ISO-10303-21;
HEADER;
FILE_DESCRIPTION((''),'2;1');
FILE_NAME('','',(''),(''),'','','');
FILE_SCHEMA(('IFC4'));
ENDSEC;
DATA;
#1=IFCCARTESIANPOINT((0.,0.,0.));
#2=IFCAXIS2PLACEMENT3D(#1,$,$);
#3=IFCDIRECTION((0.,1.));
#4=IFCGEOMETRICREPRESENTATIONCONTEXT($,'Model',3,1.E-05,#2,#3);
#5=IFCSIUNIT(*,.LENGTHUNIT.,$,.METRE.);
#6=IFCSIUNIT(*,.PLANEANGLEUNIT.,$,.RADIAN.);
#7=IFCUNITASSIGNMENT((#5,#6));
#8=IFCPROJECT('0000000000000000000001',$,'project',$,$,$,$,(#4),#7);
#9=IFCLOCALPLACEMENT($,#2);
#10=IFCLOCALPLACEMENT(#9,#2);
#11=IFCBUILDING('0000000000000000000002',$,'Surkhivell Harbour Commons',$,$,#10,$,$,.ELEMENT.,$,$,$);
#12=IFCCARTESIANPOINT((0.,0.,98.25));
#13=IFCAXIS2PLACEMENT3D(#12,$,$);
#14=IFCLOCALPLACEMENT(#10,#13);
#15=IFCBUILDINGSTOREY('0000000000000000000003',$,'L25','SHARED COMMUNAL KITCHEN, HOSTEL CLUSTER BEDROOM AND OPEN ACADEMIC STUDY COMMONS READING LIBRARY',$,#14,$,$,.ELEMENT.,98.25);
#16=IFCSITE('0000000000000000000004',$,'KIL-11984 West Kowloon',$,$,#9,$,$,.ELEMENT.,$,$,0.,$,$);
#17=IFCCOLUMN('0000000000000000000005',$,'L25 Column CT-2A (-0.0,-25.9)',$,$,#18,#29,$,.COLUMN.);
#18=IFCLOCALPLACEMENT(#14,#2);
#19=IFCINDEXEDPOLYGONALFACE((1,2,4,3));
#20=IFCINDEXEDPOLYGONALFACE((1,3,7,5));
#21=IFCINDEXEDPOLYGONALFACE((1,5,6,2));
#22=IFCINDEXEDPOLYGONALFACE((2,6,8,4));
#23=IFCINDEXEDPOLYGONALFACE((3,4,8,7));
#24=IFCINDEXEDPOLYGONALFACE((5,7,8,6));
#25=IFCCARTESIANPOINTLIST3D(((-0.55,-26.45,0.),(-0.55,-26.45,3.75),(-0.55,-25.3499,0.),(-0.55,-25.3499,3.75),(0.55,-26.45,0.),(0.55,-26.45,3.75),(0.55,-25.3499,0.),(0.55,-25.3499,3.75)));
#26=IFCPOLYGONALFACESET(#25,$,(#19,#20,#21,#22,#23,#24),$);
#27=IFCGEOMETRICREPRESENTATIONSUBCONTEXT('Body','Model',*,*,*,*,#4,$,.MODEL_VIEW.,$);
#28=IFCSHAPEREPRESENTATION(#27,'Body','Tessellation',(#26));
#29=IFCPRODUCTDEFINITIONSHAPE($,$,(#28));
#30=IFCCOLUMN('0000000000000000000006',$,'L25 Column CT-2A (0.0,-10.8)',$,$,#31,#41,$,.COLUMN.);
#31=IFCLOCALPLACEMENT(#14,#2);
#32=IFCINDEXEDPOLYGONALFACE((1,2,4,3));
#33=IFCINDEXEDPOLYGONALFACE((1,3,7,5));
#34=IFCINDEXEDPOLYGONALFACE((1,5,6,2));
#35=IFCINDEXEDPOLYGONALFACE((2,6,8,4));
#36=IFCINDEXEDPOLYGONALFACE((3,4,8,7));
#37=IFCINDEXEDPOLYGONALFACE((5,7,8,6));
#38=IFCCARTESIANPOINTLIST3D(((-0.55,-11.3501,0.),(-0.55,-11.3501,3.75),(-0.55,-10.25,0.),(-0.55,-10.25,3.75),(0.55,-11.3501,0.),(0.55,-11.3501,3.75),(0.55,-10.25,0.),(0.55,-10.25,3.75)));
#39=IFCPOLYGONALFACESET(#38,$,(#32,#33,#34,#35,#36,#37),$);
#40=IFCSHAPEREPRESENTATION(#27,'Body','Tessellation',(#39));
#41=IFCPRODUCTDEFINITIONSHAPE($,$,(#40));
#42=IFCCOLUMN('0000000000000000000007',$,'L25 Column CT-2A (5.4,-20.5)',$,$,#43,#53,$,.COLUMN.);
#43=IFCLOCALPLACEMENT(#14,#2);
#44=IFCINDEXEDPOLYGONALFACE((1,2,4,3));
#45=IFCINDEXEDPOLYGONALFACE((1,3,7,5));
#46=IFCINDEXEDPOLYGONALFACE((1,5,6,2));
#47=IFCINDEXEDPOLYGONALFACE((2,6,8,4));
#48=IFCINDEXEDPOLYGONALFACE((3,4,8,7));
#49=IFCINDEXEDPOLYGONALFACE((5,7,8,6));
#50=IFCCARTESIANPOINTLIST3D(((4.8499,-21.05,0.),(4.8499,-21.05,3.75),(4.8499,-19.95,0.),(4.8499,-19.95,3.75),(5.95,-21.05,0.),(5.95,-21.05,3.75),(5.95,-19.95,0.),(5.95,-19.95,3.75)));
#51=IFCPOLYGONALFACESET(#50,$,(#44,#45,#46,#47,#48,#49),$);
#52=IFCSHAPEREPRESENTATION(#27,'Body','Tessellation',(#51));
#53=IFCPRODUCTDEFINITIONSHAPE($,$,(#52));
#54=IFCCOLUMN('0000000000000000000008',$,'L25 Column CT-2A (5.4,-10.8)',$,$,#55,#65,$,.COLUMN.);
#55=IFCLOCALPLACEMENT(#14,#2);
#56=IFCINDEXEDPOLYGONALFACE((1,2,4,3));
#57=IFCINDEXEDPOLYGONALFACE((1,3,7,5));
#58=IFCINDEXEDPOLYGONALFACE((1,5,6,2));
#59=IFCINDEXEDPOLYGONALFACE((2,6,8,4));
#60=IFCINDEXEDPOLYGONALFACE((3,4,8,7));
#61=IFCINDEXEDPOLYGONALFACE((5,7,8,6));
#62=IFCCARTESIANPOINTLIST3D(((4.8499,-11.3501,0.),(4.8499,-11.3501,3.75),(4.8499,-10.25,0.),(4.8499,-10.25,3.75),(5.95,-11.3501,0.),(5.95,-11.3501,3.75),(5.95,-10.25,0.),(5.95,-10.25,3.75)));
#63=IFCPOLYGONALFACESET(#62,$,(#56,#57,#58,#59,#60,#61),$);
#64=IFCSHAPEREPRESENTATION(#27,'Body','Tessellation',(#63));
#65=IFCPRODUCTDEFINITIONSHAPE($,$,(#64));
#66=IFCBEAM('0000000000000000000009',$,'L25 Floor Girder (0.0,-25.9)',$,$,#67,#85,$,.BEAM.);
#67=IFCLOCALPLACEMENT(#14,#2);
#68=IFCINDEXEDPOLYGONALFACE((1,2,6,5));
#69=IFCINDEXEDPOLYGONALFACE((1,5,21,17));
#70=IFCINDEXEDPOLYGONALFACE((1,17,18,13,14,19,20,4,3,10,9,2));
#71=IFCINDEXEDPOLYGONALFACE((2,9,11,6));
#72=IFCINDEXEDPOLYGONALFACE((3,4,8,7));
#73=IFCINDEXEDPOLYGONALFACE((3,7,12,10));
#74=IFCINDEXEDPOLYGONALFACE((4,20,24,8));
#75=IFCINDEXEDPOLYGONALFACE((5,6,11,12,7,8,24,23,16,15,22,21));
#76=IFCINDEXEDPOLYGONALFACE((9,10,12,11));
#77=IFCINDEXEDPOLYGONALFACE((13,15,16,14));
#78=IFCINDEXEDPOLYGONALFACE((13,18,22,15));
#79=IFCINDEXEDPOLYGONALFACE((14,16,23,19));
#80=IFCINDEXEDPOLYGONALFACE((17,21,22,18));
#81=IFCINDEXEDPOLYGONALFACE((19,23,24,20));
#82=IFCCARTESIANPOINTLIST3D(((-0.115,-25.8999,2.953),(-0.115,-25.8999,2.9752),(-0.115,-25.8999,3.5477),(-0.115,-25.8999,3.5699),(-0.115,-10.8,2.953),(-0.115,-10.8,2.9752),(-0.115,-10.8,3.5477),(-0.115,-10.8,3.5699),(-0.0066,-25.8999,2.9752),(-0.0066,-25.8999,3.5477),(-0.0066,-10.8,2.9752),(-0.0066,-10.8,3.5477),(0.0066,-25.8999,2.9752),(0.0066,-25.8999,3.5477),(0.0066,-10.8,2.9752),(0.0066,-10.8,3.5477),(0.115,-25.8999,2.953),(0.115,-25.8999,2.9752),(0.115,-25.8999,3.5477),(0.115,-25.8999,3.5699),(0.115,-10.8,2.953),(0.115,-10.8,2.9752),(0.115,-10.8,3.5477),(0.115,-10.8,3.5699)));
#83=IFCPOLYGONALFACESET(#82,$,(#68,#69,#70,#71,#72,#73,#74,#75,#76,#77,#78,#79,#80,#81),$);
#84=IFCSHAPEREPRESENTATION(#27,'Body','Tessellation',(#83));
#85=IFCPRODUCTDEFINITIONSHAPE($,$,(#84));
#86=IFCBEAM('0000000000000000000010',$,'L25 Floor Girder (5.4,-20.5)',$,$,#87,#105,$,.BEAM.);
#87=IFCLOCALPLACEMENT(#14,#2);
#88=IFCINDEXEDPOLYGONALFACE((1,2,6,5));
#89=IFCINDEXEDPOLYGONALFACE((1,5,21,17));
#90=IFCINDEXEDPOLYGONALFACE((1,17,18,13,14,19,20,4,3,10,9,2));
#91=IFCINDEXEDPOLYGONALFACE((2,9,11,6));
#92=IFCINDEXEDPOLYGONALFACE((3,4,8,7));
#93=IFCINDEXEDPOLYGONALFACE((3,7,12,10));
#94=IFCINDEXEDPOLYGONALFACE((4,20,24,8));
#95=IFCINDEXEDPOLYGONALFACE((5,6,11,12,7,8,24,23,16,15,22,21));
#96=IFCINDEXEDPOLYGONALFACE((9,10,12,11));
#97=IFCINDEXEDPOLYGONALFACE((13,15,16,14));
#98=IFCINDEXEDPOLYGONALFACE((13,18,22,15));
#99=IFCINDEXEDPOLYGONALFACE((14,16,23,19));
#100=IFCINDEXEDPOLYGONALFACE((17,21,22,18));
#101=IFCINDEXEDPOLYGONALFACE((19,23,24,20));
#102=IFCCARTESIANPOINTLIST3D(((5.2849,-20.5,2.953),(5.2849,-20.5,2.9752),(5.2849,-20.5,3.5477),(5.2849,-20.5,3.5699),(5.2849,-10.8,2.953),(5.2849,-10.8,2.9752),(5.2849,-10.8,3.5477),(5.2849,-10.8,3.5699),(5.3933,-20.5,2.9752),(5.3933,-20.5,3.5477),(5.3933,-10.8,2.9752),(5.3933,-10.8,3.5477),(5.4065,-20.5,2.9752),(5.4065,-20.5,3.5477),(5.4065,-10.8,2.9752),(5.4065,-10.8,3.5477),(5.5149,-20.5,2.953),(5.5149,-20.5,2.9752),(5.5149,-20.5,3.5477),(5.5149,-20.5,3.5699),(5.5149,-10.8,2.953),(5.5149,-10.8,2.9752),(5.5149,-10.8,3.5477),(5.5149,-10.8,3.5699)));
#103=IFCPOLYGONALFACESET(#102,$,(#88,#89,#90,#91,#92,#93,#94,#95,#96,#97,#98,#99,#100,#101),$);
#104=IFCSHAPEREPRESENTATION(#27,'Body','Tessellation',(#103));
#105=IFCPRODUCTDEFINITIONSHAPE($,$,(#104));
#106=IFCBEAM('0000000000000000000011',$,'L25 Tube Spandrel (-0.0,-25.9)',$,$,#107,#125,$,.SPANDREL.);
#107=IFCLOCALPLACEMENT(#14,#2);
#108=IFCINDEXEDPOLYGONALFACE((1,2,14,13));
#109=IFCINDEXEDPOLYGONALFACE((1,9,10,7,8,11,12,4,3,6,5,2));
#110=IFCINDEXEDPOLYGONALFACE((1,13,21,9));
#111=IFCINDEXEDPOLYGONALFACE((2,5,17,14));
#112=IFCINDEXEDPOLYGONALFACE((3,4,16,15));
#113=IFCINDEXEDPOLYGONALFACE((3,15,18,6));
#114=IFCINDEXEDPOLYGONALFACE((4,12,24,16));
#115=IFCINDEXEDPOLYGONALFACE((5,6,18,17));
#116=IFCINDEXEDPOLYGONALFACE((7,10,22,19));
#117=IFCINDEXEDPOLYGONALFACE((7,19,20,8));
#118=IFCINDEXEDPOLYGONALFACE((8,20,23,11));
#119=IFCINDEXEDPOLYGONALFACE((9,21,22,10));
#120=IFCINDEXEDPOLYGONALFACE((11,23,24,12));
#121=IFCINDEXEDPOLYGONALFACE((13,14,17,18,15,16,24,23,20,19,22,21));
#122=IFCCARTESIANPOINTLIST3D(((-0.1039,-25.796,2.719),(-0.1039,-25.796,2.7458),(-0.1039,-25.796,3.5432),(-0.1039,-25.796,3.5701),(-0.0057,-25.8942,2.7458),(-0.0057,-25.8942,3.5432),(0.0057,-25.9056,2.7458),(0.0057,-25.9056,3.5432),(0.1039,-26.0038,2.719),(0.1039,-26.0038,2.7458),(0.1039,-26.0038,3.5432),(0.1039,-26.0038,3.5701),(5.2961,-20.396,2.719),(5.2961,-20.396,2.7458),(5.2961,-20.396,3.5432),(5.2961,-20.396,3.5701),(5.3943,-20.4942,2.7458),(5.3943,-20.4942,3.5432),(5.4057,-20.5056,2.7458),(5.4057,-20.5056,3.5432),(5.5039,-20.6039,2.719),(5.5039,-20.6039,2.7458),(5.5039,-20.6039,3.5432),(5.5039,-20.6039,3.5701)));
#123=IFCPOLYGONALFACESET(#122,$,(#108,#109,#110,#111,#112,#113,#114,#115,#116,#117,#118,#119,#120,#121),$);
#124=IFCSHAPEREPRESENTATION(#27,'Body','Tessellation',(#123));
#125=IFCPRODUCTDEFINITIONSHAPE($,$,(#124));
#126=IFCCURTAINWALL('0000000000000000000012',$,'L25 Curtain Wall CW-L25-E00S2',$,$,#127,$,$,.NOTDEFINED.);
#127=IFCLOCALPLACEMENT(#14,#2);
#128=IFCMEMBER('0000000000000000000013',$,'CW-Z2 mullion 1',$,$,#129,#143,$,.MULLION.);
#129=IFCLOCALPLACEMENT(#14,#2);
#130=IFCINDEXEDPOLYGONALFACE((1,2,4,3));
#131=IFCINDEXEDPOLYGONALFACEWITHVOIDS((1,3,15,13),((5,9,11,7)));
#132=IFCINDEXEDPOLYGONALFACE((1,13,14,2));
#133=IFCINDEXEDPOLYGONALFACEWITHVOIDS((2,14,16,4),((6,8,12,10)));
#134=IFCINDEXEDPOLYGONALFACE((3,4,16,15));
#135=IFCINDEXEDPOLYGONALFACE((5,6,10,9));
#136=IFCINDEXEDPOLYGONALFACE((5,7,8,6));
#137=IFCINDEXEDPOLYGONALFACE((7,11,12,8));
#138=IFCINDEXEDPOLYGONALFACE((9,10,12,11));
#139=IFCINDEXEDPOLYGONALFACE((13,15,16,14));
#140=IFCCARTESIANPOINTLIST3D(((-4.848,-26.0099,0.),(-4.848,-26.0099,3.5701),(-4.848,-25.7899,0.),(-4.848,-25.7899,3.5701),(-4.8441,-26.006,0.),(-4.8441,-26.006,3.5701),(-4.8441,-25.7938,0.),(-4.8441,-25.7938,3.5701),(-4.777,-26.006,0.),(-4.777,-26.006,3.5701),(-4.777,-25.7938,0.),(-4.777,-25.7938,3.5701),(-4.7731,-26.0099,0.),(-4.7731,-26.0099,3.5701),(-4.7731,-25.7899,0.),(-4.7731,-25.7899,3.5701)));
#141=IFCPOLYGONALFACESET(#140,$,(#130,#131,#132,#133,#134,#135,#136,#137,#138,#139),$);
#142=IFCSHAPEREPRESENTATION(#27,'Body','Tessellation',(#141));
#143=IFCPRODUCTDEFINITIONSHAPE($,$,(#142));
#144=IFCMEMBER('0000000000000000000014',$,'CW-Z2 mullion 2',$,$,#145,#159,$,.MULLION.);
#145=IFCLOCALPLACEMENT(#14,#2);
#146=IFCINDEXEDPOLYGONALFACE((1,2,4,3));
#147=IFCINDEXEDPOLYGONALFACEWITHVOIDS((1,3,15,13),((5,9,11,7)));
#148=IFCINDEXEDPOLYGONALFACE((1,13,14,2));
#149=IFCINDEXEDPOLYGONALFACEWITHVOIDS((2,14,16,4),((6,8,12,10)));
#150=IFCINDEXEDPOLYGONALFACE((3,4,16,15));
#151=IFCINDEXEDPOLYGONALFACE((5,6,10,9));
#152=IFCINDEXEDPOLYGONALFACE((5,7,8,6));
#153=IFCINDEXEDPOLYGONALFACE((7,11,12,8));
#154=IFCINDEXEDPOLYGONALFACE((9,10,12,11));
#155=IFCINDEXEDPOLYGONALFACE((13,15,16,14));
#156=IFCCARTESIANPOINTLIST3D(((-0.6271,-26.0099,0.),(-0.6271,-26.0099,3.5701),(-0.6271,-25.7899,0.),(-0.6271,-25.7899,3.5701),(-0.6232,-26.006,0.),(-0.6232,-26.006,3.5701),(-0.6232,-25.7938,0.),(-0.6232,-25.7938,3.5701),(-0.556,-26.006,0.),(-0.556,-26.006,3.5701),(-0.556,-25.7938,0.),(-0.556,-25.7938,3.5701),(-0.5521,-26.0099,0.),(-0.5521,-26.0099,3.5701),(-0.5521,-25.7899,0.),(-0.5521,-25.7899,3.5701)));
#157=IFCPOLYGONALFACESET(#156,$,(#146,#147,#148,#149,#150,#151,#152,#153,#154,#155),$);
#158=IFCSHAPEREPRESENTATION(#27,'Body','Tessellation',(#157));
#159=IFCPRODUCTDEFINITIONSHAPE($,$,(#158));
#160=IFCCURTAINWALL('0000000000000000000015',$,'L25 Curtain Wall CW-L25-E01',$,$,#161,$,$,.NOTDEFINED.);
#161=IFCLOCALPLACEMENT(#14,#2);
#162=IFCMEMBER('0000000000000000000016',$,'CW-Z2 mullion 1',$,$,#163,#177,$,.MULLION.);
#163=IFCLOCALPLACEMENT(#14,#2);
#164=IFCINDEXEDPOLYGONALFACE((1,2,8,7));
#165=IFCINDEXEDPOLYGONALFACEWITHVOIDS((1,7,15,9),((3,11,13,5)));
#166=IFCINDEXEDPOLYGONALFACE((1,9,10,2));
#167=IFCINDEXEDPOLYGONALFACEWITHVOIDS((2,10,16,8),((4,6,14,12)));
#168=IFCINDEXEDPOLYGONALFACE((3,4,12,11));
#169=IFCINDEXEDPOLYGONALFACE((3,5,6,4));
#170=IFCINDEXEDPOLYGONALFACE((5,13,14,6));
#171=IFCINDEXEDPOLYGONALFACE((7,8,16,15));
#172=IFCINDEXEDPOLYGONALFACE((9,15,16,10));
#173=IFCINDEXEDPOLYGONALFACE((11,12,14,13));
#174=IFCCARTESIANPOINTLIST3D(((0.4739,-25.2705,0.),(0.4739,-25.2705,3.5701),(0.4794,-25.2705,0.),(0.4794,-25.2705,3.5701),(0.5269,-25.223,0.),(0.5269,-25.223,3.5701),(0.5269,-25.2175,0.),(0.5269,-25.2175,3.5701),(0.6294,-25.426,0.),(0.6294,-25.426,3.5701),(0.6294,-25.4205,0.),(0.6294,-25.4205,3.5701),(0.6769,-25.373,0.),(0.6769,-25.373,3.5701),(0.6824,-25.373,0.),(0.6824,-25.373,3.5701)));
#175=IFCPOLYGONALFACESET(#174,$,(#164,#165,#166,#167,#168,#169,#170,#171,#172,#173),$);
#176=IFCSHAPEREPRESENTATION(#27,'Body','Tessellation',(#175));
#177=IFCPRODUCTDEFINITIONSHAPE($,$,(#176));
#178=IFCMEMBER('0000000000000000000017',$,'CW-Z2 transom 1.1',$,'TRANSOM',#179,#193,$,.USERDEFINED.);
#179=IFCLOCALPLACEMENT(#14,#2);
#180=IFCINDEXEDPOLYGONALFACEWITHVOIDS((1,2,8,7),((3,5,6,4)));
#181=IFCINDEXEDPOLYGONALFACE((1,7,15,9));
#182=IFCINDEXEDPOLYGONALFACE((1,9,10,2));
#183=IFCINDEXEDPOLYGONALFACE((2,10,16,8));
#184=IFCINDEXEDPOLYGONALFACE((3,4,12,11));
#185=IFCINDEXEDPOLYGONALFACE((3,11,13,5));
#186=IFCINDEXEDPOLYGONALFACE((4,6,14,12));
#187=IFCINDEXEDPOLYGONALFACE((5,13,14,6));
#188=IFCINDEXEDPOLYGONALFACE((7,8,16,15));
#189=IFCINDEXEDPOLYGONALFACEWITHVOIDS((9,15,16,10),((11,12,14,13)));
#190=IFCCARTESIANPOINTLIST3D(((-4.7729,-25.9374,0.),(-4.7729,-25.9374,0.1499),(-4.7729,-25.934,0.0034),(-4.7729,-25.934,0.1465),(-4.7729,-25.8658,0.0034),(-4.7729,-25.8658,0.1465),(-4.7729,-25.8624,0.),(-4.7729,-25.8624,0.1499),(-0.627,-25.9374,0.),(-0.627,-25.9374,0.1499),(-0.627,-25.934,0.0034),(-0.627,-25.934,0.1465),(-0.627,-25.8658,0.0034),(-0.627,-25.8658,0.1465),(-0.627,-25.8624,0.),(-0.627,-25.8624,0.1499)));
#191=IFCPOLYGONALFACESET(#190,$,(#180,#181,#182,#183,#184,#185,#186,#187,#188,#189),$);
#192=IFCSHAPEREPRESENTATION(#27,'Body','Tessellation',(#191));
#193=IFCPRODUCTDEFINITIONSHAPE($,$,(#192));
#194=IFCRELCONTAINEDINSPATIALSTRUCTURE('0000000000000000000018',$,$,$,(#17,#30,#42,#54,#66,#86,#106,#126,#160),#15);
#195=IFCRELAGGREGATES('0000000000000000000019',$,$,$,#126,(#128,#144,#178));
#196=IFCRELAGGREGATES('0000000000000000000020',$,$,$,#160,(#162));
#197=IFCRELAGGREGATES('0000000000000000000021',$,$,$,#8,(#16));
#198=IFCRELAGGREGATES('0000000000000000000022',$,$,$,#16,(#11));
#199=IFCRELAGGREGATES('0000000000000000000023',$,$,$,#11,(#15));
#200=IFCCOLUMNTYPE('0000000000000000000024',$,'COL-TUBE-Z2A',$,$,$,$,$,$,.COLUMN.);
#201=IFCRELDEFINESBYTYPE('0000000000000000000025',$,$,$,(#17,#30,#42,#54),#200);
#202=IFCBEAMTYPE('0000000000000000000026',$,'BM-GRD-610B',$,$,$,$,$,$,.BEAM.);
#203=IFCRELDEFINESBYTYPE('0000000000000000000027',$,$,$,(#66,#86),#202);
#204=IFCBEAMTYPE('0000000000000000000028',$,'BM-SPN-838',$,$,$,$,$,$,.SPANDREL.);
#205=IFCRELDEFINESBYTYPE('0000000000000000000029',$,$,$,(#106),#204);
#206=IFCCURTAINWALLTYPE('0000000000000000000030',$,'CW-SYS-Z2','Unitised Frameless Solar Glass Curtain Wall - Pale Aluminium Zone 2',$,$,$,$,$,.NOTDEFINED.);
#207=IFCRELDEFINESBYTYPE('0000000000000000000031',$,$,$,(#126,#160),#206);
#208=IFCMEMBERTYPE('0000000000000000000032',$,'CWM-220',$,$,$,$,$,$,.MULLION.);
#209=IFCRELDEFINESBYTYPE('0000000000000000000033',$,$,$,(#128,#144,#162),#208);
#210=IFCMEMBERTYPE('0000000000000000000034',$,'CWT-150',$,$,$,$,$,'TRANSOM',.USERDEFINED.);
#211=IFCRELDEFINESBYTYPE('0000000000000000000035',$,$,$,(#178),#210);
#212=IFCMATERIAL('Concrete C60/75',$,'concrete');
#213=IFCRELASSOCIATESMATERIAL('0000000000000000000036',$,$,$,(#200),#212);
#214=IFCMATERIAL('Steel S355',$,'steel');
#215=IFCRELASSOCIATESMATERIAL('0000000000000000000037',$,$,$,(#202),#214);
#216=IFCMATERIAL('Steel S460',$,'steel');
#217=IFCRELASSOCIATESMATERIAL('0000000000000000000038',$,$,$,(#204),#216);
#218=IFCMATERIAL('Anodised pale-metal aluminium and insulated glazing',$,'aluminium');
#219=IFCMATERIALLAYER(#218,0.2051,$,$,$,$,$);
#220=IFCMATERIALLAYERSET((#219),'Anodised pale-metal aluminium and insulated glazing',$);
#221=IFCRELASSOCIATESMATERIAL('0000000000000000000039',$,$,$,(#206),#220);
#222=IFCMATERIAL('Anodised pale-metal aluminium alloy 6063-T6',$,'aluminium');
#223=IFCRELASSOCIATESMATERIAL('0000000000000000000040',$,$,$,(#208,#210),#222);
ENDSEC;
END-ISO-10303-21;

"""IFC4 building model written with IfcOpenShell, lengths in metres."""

from ifc_helpers import new_model, si_unit, direction, frame, origin, origin_2d, place, context, subcontext, project, spatial, rectangle, hollow_rectangle, i_section, extrude, material, layer, layer_set, material_profile, profile_set, type_object, element, aggregate, save


model = new_model("IFC4")

# Units and contexts
model_context = context("Model", 3, precision=1e-05, world=origin(), true_north=direction((0.0, 1.0)))
body_context = subcontext(model_context, "Body", "Model", "MODEL_VIEW")
ifc_project = project(units=[si_unit("LENGTHUNIT", "METRE"), si_unit("PLANEANGLEUNIT", "RADIAN")], contexts=[model_context])

# Site, building, storey
site_placement = place(None, origin())
site = spatial("IfcSite", under=ifc_project, at=site_placement, Name="KIL-11984 West Kowloon", CompositionType="ELEMENT", RefElevation=0.0)
building_placement = place(site_placement, origin())
building = spatial("IfcBuilding", under=site, at=building_placement, Name="Surkhivell Harbour Commons", CompositionType="ELEMENT")
storey_placement = place(building_placement, frame((0.0, 0.0, 98.25)))
storey = spatial("IfcBuildingStorey", under=building, at=storey_placement, Name="L25", Description="SHARED COMMUNAL KITCHEN, HOSTEL CLUSTER BEDROOM AND OPEN ACADEMIC STUDY COMMONS READING LIBRARY", CompositionType="ELEMENT", Elevation=98.25)

# Columns
ifc_material_1 = material(Name="Concrete C60/75", Category="concrete")
ifc_material_profile_1 = material_profile(ifc_material_1, rectangle(XDim=1.1001, YDim=1.1001, at=origin_2d()), Name="RC-COL-1100x1100")
ifc_profile_set_1 = profile_set([ifc_material_profile_1], Name="Concrete C60/75")
column_type = type_object("IfcColumnType", Name="COL-TUBE-Z2A", PredefinedType="COLUMN", material=ifc_profile_set_1)
for number, where, z_axis, x_axis, name in (
    (1, (0.0, -25.8999, 0.0), (0.0, 0.0, 1.0), (1.0, 0.0, 0.0), "L25 Column CT-2A (-0.0,-25.9)"),
    (2, (0.0, -10.8, 0.0), (0.0, 0.0, 1.0), (1.0, 0.0, 0.0), "L25 Column CT-2A (0.0,-10.8)"),
    (3, (5.3999, -20.5, 0.0), (0.0, 0.0, 1.0), (1.0, 0.0, 0.0), "L25 Column CT-2A (5.4,-20.5)"),
    (4, (5.3999, -10.8, 0.0), (0.0, 0.0, 1.0), (1.0, 0.0, 0.0), "L25 Column CT-2A (5.4,-10.8)"),
):
    element("IfcColumn", number, at=place(storey_placement, frame(where, z_axis=z_axis, x_axis=x_axis)), inside=storey, type_object=column_type, Name=name, PredefinedType="COLUMN", context=body_context, shape_type="SweptSolid", body=[
        extrude(rectangle(XDim=1.1001, YDim=1.1001, at=origin_2d()), origin(), (0.0, 0.0, 1.0), 3.75),
    ])

# Beams
ifc_material_2 = material(Name="Steel S355", Category="steel")
ifc_material_profile_2 = material_profile(ifc_material_2, i_section(OverallWidth=0.23, OverallDepth=0.6169, WebThickness=0.0132, FlangeThickness=0.0222, at=origin_2d()), Name="UB610x229x140")
ifc_profile_set_2 = profile_set([ifc_material_profile_2], Name="Steel S355")
beam_type_1 = type_object("IfcBeamType", Name="BM-GRD-610B", PredefinedType="BEAM", material=ifc_profile_set_2)
beam_1_placement = place(storey_placement, frame((0.0, -25.8999, 3.2615), z_axis=(0.0, 1.0, 0.0), x_axis=(-1.0, 0.0, 0.0)))
element("IfcBeam", 5, at=beam_1_placement, inside=storey, type_object=beam_type_1, Name="L25 Floor Girder (0.0,-25.9)", PredefinedType="BEAM", context=body_context, shape_type="SweptSolid", body=[
    extrude(i_section(OverallWidth=0.23, OverallDepth=0.6169, WebThickness=0.0132, FlangeThickness=0.0222, at=origin_2d()), origin(), (0.0, 0.0, 1.0), 15.0999),
])
beam_2_placement = place(storey_placement, frame((5.3999, -20.5, 3.2615), z_axis=(0.0, 1.0, 0.0), x_axis=(-1.0, 0.0, 0.0)))
element("IfcBeam", 6, at=beam_2_placement, inside=storey, type_object=beam_type_1, Name="L25 Floor Girder (5.4,-20.5)", PredefinedType="BEAM", context=body_context, shape_type="SweptSolid", body=[
    extrude(i_section(OverallWidth=0.23, OverallDepth=0.6169, WebThickness=0.0132, FlangeThickness=0.0222, at=origin_2d()), origin(), (0.0, 0.0, 1.0), 9.7),
])
ifc_material_3 = material(Name="Steel S460", Category="steel")
ifc_material_profile_3 = material_profile(ifc_material_3, i_section(OverallWidth=0.2939, OverallDepth=0.8511, WebThickness=0.0161, FlangeThickness=0.0269, at=origin_2d()), Name="UB838x292x226")
ifc_profile_set_3 = profile_set([ifc_material_profile_3], Name="Steel S460")
beam_type_2 = type_object("IfcBeamType", Name="BM-SPN-838", PredefinedType="SPANDREL", material=ifc_profile_set_3)
beam_3_placement = place(storey_placement, frame((0.0, -25.8999, 3.1445), z_axis=(0.707107, 0.707107, 0.0), x_axis=(-0.707107, 0.707107, 0.0)))
element("IfcBeam", 7, at=beam_3_placement, inside=storey, type_object=beam_type_2, Name="L25 Tube Spandrel (-0.0,-25.9)", PredefinedType="SPANDREL", context=body_context, shape_type="SweptSolid", body=[
    extrude(i_section(OverallWidth=0.2939, OverallDepth=0.8511, WebThickness=0.0161, FlangeThickness=0.0269, at=origin_2d()), origin(), (0.0, 0.0, 1.0), 7.6367),
])

# Curtain wall, members
ifc_material_4 = material(Name="Anodised pale-metal aluminium and insulated glazing", Category="aluminium")
ifc_layer_1 = layer(ifc_material_4, 0.2051)
ifc_layer_set_1 = layer_set([ifc_layer_1], Name="Anodised pale-metal aluminium and insulated glazing")
curtain_wall_type = type_object("IfcCurtainWallType", Name="CW-SYS-Z2", Description="Unitised Frameless Solar Glass Curtain Wall - Pale Aluminium Zone 2", PredefinedType="NOTDEFINED", material=ifc_layer_set_1)
curtain_wall_1_placement = place(storey_placement, origin())
curtain_wall_1 = element("IfcCurtainWall", 8, at=curtain_wall_1_placement, inside=storey, type_object=curtain_wall_type, Name="L25 Curtain Wall CW-L25-E00S2", PredefinedType="NOTDEFINED")
ifc_material_5 = material(Name="Anodised pale-metal aluminium alloy 6063-T6", Category="aluminium")
ifc_material_profile_4 = material_profile(ifc_material_5, hollow_rectangle(XDim=0.075, YDim=0.22, WallThickness=0.0039, at=origin_2d()), Name="ALU-MULL-75x220")
ifc_profile_set_4 = profile_set([ifc_material_profile_4], Name="Anodised pale-metal aluminium alloy 6063-T6")
member_type_1 = type_object("IfcMemberType", Name="CWM-220", PredefinedType="MULLION", material=ifc_profile_set_4)
member_1_placement = place(storey_placement, frame((-4.8105, -25.8999, 0.0), z_axis=(0.0, 0.0, 1.0), x_axis=(1.0, 0.0, 0.0)))
member_1 = element("IfcMember", 9, at=member_1_placement, type_object=member_type_1, Name="CW-Z2 mullion 1", PredefinedType="MULLION", context=body_context, shape_type="SweptSolid", body=[
    extrude(hollow_rectangle(XDim=0.075, YDim=0.22, WallThickness=0.0039, at=origin_2d()), origin(), (0.0, 0.0, 1.0), 3.5701),
])
member_2_placement = place(storey_placement, frame((-0.5896, -25.8999, 0.0), z_axis=(0.0, 0.0, 1.0), x_axis=(1.0, 0.0, 0.0)))
member_2 = element("IfcMember", 10, at=member_2_placement, type_object=member_type_1, Name="CW-Z2 mullion 2", PredefinedType="MULLION", context=body_context, shape_type="SweptSolid", body=[
    extrude(hollow_rectangle(XDim=0.075, YDim=0.22, WallThickness=0.0039, at=origin_2d()), origin(), (0.0, 0.0, 1.0), 3.5701),
])

# Curtain wall, member
curtain_wall_2_placement = place(storey_placement, origin())
curtain_wall_2 = element("IfcCurtainWall", 11, at=curtain_wall_2_placement, inside=storey, type_object=curtain_wall_type, Name="L25 Curtain Wall CW-L25-E01", PredefinedType="NOTDEFINED")
member_3_placement = place(storey_placement, frame((0.5781, -25.3218, 0.0), z_axis=(0.0, 0.0, 1.0), x_axis=(0.707107, 0.707107, 0.0)))
member_3 = element("IfcMember", 12, at=member_3_placement, type_object=member_type_1, Name="CW-Z2 mullion 1", PredefinedType="MULLION", context=body_context, shape_type="SweptSolid", body=[
    extrude(hollow_rectangle(XDim=0.075, YDim=0.22, WallThickness=0.0039, at=origin_2d()), origin(), (0.0, 0.0, 1.0), 3.5701),
])

# Member
ifc_material_profile_5 = material_profile(ifc_material_5, hollow_rectangle(XDim=0.075, YDim=0.1499, WallThickness=0.0034, at=origin_2d()), Name="ALU-TRAN-75x150")
ifc_profile_set_5 = profile_set([ifc_material_profile_5], Name="Anodised pale-metal aluminium alloy 6063-T6")
member_type_2 = type_object("IfcMemberType", Name="CWT-150", ElementType="TRANSOM", PredefinedType="USERDEFINED", material=ifc_profile_set_5)
member_4_placement = place(storey_placement, frame((-4.7729, -25.8999, 0.075), z_axis=(1.0, 0.0, 0.0), x_axis=(0.0, 1.0, 0.0)))
member_4 = element("IfcMember", 13, at=member_4_placement, type_object=member_type_2, Name="CW-Z2 transom 1.1", ObjectType="TRANSOM", PredefinedType="USERDEFINED", context=body_context, shape_type="SweptSolid", body=[
    extrude(hollow_rectangle(XDim=0.075, YDim=0.1499, WallThickness=0.0034, at=origin_2d()), origin(), (0.0, 0.0, 1.0), 4.146),
])

aggregate(curtain_wall_1, [member_1, member_2, member_4])
aggregate(curtain_wall_2, [member_3])

save(model, "model.ifc")
